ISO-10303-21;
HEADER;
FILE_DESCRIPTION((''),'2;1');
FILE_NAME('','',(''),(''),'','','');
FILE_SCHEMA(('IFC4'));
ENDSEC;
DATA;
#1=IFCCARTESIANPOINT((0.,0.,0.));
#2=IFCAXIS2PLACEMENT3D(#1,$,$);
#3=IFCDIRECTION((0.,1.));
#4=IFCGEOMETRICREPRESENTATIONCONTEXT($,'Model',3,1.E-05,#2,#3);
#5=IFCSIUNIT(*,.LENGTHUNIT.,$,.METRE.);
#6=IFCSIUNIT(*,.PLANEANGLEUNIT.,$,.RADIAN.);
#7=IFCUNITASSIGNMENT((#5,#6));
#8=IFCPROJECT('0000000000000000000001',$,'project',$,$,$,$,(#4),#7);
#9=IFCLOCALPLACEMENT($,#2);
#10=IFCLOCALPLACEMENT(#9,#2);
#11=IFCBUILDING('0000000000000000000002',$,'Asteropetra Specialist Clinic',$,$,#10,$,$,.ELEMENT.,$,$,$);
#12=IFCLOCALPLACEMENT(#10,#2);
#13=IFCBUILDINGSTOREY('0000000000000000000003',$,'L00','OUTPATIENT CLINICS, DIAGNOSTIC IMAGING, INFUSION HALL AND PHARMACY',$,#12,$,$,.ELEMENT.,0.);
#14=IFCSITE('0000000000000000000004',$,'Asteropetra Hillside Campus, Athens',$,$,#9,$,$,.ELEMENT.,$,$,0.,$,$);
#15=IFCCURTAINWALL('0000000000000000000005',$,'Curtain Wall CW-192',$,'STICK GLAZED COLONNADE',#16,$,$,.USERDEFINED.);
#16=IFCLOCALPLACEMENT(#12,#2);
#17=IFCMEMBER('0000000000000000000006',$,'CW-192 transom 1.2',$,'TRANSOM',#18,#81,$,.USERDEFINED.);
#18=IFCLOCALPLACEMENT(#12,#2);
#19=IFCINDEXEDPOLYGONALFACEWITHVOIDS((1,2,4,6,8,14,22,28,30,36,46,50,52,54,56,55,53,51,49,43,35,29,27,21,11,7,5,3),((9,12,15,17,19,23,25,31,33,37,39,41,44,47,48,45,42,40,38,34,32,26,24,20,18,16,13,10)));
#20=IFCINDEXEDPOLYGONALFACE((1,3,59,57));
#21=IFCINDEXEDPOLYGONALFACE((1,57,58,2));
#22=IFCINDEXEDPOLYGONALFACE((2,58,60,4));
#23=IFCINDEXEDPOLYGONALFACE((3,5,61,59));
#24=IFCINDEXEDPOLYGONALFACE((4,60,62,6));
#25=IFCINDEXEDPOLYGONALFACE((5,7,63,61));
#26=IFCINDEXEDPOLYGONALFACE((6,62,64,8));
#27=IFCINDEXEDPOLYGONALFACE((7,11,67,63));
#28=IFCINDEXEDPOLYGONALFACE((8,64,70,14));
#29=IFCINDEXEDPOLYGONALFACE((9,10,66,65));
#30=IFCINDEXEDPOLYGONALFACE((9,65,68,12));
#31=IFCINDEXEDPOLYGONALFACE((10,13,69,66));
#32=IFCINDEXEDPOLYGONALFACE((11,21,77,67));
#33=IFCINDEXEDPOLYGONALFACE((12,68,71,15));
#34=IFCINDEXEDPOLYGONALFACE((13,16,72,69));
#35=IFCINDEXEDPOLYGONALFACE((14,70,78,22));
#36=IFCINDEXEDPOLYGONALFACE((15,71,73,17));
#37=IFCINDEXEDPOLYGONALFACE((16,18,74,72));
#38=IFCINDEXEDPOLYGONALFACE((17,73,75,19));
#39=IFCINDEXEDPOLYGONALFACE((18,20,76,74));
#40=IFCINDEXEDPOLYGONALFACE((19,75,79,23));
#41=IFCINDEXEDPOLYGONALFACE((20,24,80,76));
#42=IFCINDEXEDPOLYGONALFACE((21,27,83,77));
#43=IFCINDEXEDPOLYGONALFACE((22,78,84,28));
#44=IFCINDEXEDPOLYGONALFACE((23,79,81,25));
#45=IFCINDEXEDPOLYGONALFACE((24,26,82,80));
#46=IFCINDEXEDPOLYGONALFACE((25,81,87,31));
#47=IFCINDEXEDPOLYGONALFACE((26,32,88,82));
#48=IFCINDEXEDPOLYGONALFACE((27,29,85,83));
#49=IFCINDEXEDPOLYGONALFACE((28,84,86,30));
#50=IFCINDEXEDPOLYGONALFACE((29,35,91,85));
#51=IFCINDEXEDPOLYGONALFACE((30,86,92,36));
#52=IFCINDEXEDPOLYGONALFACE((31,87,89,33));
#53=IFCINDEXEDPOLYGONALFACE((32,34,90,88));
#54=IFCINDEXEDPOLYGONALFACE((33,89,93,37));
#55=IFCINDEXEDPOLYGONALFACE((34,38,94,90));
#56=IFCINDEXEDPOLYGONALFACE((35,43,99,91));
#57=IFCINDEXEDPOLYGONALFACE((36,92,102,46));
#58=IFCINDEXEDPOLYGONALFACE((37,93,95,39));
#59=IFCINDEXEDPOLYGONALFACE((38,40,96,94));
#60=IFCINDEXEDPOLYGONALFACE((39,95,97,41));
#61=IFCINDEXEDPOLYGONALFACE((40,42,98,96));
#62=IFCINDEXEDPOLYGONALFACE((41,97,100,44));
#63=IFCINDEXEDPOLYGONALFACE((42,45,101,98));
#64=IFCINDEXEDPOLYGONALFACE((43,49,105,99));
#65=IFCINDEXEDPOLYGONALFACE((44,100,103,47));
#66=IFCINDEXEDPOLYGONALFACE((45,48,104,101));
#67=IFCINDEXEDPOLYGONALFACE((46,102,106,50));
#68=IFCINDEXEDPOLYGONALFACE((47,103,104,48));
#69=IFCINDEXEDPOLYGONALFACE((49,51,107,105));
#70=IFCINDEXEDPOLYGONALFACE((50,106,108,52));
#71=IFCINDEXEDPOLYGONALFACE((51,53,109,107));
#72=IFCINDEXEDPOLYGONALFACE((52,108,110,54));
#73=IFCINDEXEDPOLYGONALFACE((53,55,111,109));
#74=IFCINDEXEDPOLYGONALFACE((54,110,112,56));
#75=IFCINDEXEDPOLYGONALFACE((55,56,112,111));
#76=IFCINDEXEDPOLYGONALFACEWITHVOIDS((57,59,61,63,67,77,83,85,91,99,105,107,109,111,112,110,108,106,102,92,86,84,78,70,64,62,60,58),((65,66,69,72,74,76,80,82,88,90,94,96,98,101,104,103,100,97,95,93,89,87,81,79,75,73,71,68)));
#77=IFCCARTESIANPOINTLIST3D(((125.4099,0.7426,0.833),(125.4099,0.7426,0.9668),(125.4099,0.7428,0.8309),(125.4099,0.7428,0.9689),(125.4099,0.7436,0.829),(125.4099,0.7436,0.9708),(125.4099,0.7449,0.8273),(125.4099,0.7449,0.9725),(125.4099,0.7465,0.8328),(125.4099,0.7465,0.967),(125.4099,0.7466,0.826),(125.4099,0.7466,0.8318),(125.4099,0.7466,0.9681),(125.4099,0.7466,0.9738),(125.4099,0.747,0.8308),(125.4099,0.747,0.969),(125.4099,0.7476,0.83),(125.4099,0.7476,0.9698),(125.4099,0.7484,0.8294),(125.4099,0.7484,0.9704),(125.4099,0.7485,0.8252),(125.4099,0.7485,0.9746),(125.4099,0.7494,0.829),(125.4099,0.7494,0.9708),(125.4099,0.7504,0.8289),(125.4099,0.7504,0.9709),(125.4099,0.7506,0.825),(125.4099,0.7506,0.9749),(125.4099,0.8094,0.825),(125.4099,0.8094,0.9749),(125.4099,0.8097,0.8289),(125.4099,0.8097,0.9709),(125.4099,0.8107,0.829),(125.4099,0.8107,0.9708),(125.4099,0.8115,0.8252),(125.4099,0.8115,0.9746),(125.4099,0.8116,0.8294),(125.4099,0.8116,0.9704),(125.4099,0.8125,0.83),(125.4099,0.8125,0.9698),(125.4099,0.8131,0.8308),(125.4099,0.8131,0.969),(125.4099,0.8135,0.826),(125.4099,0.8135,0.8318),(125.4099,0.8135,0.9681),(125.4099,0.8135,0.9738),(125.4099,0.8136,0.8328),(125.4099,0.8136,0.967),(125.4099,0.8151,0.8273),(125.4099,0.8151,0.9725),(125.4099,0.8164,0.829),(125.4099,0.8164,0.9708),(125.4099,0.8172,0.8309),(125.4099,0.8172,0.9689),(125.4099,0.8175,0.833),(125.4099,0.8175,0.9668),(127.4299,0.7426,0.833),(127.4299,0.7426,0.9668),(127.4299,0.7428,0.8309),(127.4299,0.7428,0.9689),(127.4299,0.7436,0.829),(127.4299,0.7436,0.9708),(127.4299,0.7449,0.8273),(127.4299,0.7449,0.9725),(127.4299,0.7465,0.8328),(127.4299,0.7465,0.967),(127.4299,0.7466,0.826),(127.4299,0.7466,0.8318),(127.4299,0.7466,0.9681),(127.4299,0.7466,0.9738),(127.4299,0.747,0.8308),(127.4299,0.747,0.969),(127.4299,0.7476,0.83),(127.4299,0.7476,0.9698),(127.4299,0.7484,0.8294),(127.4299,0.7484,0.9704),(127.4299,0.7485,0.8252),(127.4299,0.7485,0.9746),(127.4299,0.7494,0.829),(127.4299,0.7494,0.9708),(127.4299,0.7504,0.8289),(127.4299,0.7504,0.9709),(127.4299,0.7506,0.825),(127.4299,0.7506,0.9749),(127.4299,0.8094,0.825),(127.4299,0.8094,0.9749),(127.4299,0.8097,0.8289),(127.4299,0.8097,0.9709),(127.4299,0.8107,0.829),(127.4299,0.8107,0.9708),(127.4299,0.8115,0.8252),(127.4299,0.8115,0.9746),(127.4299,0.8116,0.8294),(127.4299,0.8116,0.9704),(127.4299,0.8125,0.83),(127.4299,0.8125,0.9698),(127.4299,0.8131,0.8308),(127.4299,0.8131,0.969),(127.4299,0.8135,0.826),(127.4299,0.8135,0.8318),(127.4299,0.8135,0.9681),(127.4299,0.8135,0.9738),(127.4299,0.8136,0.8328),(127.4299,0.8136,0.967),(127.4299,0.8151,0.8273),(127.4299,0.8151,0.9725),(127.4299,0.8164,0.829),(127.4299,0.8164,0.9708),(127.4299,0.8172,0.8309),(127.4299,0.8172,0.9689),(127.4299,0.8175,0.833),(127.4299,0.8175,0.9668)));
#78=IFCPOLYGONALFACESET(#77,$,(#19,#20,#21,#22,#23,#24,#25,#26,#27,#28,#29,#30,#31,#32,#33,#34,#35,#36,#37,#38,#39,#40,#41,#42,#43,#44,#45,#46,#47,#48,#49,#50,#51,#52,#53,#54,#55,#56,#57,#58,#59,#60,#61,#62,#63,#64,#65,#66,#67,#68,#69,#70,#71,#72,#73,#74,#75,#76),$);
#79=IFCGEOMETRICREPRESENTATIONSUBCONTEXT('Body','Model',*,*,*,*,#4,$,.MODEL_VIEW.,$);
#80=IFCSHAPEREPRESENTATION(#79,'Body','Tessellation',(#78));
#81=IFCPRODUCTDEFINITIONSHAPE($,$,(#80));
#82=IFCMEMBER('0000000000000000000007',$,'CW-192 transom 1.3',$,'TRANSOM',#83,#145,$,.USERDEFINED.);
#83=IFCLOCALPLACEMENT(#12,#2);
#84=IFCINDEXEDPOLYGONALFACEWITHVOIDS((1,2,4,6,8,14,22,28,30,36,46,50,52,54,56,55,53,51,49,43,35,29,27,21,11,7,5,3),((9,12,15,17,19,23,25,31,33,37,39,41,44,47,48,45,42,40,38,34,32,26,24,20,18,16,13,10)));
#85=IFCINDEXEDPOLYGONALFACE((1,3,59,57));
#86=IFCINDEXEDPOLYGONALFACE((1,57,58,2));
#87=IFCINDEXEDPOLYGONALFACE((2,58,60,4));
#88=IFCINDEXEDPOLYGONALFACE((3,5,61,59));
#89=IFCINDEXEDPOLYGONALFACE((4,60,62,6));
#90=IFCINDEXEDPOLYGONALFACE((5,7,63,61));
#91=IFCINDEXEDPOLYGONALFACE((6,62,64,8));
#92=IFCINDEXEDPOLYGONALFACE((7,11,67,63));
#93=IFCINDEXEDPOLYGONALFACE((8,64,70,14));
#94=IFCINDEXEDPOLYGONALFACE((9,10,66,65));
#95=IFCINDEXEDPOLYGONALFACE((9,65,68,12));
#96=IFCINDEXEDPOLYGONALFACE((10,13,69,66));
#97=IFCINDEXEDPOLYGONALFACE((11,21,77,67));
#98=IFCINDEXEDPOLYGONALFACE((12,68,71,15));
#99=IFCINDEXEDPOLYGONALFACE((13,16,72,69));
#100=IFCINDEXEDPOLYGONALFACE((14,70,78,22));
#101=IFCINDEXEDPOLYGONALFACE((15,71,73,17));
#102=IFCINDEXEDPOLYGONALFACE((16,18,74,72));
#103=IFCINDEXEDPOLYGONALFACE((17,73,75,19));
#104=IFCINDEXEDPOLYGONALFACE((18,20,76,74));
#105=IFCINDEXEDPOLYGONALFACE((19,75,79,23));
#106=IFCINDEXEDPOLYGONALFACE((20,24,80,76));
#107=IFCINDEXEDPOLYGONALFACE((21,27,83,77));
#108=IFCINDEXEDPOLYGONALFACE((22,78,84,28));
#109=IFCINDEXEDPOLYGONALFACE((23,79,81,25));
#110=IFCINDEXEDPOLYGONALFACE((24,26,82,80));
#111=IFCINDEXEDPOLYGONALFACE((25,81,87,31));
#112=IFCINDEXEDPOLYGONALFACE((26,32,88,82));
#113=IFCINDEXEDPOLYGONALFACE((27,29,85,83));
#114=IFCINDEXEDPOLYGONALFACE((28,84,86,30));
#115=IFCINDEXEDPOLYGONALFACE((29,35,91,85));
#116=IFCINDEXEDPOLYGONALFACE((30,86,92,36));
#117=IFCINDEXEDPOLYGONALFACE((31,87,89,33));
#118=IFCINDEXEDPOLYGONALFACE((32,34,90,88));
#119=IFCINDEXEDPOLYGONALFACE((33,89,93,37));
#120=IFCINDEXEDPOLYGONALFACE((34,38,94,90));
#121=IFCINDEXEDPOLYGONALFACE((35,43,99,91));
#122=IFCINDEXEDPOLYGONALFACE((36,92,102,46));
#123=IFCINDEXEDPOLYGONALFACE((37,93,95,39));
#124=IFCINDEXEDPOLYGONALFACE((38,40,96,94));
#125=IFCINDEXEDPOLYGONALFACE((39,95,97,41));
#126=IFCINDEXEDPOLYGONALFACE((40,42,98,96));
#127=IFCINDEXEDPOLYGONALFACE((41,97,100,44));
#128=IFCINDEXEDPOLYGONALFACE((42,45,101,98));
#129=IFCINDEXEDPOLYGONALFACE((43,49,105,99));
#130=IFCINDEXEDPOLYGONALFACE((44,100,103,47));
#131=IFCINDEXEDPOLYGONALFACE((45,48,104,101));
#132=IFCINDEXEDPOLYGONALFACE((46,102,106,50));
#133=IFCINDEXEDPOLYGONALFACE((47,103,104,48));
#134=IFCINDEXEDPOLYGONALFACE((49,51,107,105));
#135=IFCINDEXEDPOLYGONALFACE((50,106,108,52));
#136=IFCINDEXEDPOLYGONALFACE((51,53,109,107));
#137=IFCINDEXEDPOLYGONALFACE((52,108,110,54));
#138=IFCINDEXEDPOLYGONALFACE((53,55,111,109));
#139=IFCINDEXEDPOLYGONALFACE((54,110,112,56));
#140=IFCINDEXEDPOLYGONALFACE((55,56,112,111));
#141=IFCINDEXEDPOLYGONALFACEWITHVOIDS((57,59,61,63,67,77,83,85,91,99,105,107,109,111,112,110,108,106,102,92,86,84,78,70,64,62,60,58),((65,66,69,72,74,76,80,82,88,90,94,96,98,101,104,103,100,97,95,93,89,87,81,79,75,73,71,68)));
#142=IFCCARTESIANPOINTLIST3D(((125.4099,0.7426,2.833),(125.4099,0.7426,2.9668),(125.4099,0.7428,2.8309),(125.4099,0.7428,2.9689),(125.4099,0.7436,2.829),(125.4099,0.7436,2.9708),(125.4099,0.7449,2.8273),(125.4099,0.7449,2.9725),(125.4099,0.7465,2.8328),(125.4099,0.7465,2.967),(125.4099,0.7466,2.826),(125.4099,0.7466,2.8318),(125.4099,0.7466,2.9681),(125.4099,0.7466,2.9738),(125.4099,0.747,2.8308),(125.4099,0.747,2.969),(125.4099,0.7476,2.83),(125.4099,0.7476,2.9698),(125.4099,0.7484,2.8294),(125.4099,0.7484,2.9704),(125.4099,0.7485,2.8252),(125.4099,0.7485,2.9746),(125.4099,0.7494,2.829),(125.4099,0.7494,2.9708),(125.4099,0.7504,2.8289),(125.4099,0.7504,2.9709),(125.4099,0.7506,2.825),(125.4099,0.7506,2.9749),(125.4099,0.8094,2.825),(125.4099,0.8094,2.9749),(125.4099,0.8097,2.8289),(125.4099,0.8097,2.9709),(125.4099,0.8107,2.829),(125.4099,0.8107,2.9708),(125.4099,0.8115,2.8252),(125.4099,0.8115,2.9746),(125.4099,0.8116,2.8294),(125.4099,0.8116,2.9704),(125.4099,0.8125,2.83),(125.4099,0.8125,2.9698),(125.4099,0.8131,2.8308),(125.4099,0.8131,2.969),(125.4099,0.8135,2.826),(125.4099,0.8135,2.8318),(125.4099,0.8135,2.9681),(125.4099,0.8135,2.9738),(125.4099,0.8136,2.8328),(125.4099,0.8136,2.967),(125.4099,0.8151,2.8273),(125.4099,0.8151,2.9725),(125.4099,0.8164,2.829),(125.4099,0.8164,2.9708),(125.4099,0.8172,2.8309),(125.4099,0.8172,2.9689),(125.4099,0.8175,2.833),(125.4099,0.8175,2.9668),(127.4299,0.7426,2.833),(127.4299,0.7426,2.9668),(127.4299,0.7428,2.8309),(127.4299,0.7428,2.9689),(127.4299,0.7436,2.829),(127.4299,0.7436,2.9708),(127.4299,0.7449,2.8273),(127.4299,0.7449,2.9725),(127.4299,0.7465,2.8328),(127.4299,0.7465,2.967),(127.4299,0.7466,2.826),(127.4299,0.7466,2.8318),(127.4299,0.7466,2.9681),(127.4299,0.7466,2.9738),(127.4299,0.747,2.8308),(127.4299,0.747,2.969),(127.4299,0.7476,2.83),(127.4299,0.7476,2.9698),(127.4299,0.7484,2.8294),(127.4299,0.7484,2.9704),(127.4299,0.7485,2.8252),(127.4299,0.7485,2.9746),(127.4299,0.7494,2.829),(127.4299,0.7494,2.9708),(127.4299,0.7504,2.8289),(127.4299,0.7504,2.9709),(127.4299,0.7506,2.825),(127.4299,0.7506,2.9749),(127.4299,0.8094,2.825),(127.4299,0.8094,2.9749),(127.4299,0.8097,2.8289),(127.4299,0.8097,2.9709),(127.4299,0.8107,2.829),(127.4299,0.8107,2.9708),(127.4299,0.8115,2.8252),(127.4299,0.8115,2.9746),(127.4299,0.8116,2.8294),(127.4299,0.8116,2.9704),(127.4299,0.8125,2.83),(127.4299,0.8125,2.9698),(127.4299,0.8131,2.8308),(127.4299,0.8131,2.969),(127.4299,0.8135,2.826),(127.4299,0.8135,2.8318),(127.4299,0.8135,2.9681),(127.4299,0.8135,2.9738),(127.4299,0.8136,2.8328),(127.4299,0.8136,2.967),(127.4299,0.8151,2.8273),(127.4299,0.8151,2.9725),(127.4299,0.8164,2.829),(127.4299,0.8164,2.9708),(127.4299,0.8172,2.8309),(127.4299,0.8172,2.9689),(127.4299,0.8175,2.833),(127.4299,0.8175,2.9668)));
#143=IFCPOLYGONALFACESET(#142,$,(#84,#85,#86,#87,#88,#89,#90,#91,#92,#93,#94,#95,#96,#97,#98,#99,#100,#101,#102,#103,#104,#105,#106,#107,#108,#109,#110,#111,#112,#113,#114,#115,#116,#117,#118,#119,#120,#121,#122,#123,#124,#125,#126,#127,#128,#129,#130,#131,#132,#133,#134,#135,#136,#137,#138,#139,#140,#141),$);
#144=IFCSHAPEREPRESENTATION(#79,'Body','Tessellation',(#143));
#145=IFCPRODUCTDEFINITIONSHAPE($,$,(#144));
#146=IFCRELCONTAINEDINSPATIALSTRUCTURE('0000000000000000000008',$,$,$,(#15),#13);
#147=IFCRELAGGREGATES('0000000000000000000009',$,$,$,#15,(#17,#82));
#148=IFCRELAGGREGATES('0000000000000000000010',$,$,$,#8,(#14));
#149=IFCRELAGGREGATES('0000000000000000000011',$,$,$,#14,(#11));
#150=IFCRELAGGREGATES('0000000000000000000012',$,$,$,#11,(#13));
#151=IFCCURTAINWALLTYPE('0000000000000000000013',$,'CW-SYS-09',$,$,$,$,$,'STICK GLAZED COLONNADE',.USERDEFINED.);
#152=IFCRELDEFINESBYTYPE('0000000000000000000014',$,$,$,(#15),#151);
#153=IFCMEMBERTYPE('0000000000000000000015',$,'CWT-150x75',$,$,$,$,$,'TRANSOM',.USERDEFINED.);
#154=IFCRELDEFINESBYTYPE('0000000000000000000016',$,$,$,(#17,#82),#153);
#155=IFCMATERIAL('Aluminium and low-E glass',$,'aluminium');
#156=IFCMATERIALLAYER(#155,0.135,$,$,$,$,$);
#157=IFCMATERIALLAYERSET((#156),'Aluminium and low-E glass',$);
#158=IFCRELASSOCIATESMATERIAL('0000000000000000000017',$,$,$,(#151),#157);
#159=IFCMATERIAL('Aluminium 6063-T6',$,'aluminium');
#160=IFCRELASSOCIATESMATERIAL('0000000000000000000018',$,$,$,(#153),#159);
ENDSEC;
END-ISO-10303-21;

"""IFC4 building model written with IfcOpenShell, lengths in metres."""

from ifc_helpers import new_model, si_unit, direction, frame, origin, origin_2d, place, context, subcontext, project, spatial, hollow_rectangle, extrude, material, layer, layer_set, material_profile, profile_set, type_object, element, aggregate, save


model = new_model("IFC4")

# Units and contexts
model_context = context("Model", 3, precision=1e-05, world=origin(), true_north=direction((0.0, 1.0)))
body_context = subcontext(model_context, "Body", "Model", "MODEL_VIEW")
ifc_project = project(units=[si_unit("LENGTHUNIT", "METRE"), si_unit("PLANEANGLEUNIT", "RADIAN")], contexts=[model_context])

# Site, building, storey
site_placement = place(None, origin())
site = spatial("IfcSite", under=ifc_project, at=site_placement, Name="Asteropetra Hillside Campus, Athens", CompositionType="ELEMENT", RefElevation=0.0)
building_placement = place(site_placement, origin())
building = spatial("IfcBuilding", under=site, at=building_placement, Name="Asteropetra Specialist Clinic", CompositionType="ELEMENT")
storey_placement = place(building_placement, origin())
storey = spatial("IfcBuildingStorey", under=building, at=storey_placement, Name="L00", Description="OUTPATIENT CLINICS, DIAGNOSTIC IMAGING, INFUSION HALL AND PHARMACY", CompositionType="ELEMENT", Elevation=0.0)

# Curtain wall, members
ifc_material_1 = material(Name="Aluminium and low-E glass", Category="aluminium")
ifc_layer_1 = layer(ifc_material_1, 0.135)
ifc_layer_set_1 = layer_set([ifc_layer_1], Name="Aluminium and low-E glass")
curtain_wall_type = type_object("IfcCurtainWallType", Name="CW-SYS-09", ElementType="STICK GLAZED COLONNADE", PredefinedType="USERDEFINED", material=ifc_layer_set_1)
curtain_wall_placement = place(storey_placement, origin())
curtain_wall = element("IfcCurtainWall", 1, at=curtain_wall_placement, inside=storey, type_object=curtain_wall_type, Name="Curtain Wall CW-192", ObjectType="STICK GLAZED COLONNADE", PredefinedType="USERDEFINED")
ifc_material_2 = material(Name="Aluminium 6063-T6", Category="aluminium")
ifc_material_profile_1 = material_profile(ifc_material_2, hollow_rectangle(XDim=0.075, YDim=0.1499, WallThickness=0.0039, InnerFilletRadius=0.0039, OuterFilletRadius=0.0081, at=origin_2d()), Name="TRN 150x75x4.0")
ifc_profile_set_1 = profile_set([ifc_material_profile_1], Name="Aluminium 6063-T6")
member_type_1 = type_object("IfcMemberType", Name="CWT-150x75", ElementType="TRANSOM", PredefinedType="USERDEFINED", material=ifc_profile_set_1)
member_1_placement = place(storey_placement, frame((125.4099, 0.78, 0.8999), z_axis=(1.0, 0.0, 0.0), x_axis=(0.0, 1.0, 0.0)))
member_1 = element("IfcMember", 2, at=member_1_placement, type_object=member_type_1, Name="CW-192 transom 1.2", ObjectType="TRANSOM", PredefinedType="USERDEFINED", context=body_context, shape_type="SweptSolid", body=[
    extrude(hollow_rectangle(XDim=0.075, YDim=0.1499, WallThickness=0.0039, InnerFilletRadius=0.0039, OuterFilletRadius=0.0081, at=origin_2d()), origin(), (0.0, 0.0, 1.0), 2.02),
])
member_2_placement = place(storey_placement, frame((125.4099, 0.78, 2.8999), z_axis=(1.0, 0.0, 0.0), x_axis=(0.0, 1.0, 0.0)))
member_2 = element("IfcMember", 3, at=member_2_placement, type_object=member_type_1, Name="CW-192 transom 1.3", ObjectType="TRANSOM", PredefinedType="USERDEFINED", context=body_context, shape_type="SweptSolid", body=[
    extrude(hollow_rectangle(XDim=0.075, YDim=0.1499, WallThickness=0.0039, InnerFilletRadius=0.0039, OuterFilletRadius=0.0081, at=origin_2d()), origin(), (0.0, 0.0, 1.0), 2.02),
])
aggregate(curtain_wall, [member_1, member_2])

save(model, "model.ifc")
